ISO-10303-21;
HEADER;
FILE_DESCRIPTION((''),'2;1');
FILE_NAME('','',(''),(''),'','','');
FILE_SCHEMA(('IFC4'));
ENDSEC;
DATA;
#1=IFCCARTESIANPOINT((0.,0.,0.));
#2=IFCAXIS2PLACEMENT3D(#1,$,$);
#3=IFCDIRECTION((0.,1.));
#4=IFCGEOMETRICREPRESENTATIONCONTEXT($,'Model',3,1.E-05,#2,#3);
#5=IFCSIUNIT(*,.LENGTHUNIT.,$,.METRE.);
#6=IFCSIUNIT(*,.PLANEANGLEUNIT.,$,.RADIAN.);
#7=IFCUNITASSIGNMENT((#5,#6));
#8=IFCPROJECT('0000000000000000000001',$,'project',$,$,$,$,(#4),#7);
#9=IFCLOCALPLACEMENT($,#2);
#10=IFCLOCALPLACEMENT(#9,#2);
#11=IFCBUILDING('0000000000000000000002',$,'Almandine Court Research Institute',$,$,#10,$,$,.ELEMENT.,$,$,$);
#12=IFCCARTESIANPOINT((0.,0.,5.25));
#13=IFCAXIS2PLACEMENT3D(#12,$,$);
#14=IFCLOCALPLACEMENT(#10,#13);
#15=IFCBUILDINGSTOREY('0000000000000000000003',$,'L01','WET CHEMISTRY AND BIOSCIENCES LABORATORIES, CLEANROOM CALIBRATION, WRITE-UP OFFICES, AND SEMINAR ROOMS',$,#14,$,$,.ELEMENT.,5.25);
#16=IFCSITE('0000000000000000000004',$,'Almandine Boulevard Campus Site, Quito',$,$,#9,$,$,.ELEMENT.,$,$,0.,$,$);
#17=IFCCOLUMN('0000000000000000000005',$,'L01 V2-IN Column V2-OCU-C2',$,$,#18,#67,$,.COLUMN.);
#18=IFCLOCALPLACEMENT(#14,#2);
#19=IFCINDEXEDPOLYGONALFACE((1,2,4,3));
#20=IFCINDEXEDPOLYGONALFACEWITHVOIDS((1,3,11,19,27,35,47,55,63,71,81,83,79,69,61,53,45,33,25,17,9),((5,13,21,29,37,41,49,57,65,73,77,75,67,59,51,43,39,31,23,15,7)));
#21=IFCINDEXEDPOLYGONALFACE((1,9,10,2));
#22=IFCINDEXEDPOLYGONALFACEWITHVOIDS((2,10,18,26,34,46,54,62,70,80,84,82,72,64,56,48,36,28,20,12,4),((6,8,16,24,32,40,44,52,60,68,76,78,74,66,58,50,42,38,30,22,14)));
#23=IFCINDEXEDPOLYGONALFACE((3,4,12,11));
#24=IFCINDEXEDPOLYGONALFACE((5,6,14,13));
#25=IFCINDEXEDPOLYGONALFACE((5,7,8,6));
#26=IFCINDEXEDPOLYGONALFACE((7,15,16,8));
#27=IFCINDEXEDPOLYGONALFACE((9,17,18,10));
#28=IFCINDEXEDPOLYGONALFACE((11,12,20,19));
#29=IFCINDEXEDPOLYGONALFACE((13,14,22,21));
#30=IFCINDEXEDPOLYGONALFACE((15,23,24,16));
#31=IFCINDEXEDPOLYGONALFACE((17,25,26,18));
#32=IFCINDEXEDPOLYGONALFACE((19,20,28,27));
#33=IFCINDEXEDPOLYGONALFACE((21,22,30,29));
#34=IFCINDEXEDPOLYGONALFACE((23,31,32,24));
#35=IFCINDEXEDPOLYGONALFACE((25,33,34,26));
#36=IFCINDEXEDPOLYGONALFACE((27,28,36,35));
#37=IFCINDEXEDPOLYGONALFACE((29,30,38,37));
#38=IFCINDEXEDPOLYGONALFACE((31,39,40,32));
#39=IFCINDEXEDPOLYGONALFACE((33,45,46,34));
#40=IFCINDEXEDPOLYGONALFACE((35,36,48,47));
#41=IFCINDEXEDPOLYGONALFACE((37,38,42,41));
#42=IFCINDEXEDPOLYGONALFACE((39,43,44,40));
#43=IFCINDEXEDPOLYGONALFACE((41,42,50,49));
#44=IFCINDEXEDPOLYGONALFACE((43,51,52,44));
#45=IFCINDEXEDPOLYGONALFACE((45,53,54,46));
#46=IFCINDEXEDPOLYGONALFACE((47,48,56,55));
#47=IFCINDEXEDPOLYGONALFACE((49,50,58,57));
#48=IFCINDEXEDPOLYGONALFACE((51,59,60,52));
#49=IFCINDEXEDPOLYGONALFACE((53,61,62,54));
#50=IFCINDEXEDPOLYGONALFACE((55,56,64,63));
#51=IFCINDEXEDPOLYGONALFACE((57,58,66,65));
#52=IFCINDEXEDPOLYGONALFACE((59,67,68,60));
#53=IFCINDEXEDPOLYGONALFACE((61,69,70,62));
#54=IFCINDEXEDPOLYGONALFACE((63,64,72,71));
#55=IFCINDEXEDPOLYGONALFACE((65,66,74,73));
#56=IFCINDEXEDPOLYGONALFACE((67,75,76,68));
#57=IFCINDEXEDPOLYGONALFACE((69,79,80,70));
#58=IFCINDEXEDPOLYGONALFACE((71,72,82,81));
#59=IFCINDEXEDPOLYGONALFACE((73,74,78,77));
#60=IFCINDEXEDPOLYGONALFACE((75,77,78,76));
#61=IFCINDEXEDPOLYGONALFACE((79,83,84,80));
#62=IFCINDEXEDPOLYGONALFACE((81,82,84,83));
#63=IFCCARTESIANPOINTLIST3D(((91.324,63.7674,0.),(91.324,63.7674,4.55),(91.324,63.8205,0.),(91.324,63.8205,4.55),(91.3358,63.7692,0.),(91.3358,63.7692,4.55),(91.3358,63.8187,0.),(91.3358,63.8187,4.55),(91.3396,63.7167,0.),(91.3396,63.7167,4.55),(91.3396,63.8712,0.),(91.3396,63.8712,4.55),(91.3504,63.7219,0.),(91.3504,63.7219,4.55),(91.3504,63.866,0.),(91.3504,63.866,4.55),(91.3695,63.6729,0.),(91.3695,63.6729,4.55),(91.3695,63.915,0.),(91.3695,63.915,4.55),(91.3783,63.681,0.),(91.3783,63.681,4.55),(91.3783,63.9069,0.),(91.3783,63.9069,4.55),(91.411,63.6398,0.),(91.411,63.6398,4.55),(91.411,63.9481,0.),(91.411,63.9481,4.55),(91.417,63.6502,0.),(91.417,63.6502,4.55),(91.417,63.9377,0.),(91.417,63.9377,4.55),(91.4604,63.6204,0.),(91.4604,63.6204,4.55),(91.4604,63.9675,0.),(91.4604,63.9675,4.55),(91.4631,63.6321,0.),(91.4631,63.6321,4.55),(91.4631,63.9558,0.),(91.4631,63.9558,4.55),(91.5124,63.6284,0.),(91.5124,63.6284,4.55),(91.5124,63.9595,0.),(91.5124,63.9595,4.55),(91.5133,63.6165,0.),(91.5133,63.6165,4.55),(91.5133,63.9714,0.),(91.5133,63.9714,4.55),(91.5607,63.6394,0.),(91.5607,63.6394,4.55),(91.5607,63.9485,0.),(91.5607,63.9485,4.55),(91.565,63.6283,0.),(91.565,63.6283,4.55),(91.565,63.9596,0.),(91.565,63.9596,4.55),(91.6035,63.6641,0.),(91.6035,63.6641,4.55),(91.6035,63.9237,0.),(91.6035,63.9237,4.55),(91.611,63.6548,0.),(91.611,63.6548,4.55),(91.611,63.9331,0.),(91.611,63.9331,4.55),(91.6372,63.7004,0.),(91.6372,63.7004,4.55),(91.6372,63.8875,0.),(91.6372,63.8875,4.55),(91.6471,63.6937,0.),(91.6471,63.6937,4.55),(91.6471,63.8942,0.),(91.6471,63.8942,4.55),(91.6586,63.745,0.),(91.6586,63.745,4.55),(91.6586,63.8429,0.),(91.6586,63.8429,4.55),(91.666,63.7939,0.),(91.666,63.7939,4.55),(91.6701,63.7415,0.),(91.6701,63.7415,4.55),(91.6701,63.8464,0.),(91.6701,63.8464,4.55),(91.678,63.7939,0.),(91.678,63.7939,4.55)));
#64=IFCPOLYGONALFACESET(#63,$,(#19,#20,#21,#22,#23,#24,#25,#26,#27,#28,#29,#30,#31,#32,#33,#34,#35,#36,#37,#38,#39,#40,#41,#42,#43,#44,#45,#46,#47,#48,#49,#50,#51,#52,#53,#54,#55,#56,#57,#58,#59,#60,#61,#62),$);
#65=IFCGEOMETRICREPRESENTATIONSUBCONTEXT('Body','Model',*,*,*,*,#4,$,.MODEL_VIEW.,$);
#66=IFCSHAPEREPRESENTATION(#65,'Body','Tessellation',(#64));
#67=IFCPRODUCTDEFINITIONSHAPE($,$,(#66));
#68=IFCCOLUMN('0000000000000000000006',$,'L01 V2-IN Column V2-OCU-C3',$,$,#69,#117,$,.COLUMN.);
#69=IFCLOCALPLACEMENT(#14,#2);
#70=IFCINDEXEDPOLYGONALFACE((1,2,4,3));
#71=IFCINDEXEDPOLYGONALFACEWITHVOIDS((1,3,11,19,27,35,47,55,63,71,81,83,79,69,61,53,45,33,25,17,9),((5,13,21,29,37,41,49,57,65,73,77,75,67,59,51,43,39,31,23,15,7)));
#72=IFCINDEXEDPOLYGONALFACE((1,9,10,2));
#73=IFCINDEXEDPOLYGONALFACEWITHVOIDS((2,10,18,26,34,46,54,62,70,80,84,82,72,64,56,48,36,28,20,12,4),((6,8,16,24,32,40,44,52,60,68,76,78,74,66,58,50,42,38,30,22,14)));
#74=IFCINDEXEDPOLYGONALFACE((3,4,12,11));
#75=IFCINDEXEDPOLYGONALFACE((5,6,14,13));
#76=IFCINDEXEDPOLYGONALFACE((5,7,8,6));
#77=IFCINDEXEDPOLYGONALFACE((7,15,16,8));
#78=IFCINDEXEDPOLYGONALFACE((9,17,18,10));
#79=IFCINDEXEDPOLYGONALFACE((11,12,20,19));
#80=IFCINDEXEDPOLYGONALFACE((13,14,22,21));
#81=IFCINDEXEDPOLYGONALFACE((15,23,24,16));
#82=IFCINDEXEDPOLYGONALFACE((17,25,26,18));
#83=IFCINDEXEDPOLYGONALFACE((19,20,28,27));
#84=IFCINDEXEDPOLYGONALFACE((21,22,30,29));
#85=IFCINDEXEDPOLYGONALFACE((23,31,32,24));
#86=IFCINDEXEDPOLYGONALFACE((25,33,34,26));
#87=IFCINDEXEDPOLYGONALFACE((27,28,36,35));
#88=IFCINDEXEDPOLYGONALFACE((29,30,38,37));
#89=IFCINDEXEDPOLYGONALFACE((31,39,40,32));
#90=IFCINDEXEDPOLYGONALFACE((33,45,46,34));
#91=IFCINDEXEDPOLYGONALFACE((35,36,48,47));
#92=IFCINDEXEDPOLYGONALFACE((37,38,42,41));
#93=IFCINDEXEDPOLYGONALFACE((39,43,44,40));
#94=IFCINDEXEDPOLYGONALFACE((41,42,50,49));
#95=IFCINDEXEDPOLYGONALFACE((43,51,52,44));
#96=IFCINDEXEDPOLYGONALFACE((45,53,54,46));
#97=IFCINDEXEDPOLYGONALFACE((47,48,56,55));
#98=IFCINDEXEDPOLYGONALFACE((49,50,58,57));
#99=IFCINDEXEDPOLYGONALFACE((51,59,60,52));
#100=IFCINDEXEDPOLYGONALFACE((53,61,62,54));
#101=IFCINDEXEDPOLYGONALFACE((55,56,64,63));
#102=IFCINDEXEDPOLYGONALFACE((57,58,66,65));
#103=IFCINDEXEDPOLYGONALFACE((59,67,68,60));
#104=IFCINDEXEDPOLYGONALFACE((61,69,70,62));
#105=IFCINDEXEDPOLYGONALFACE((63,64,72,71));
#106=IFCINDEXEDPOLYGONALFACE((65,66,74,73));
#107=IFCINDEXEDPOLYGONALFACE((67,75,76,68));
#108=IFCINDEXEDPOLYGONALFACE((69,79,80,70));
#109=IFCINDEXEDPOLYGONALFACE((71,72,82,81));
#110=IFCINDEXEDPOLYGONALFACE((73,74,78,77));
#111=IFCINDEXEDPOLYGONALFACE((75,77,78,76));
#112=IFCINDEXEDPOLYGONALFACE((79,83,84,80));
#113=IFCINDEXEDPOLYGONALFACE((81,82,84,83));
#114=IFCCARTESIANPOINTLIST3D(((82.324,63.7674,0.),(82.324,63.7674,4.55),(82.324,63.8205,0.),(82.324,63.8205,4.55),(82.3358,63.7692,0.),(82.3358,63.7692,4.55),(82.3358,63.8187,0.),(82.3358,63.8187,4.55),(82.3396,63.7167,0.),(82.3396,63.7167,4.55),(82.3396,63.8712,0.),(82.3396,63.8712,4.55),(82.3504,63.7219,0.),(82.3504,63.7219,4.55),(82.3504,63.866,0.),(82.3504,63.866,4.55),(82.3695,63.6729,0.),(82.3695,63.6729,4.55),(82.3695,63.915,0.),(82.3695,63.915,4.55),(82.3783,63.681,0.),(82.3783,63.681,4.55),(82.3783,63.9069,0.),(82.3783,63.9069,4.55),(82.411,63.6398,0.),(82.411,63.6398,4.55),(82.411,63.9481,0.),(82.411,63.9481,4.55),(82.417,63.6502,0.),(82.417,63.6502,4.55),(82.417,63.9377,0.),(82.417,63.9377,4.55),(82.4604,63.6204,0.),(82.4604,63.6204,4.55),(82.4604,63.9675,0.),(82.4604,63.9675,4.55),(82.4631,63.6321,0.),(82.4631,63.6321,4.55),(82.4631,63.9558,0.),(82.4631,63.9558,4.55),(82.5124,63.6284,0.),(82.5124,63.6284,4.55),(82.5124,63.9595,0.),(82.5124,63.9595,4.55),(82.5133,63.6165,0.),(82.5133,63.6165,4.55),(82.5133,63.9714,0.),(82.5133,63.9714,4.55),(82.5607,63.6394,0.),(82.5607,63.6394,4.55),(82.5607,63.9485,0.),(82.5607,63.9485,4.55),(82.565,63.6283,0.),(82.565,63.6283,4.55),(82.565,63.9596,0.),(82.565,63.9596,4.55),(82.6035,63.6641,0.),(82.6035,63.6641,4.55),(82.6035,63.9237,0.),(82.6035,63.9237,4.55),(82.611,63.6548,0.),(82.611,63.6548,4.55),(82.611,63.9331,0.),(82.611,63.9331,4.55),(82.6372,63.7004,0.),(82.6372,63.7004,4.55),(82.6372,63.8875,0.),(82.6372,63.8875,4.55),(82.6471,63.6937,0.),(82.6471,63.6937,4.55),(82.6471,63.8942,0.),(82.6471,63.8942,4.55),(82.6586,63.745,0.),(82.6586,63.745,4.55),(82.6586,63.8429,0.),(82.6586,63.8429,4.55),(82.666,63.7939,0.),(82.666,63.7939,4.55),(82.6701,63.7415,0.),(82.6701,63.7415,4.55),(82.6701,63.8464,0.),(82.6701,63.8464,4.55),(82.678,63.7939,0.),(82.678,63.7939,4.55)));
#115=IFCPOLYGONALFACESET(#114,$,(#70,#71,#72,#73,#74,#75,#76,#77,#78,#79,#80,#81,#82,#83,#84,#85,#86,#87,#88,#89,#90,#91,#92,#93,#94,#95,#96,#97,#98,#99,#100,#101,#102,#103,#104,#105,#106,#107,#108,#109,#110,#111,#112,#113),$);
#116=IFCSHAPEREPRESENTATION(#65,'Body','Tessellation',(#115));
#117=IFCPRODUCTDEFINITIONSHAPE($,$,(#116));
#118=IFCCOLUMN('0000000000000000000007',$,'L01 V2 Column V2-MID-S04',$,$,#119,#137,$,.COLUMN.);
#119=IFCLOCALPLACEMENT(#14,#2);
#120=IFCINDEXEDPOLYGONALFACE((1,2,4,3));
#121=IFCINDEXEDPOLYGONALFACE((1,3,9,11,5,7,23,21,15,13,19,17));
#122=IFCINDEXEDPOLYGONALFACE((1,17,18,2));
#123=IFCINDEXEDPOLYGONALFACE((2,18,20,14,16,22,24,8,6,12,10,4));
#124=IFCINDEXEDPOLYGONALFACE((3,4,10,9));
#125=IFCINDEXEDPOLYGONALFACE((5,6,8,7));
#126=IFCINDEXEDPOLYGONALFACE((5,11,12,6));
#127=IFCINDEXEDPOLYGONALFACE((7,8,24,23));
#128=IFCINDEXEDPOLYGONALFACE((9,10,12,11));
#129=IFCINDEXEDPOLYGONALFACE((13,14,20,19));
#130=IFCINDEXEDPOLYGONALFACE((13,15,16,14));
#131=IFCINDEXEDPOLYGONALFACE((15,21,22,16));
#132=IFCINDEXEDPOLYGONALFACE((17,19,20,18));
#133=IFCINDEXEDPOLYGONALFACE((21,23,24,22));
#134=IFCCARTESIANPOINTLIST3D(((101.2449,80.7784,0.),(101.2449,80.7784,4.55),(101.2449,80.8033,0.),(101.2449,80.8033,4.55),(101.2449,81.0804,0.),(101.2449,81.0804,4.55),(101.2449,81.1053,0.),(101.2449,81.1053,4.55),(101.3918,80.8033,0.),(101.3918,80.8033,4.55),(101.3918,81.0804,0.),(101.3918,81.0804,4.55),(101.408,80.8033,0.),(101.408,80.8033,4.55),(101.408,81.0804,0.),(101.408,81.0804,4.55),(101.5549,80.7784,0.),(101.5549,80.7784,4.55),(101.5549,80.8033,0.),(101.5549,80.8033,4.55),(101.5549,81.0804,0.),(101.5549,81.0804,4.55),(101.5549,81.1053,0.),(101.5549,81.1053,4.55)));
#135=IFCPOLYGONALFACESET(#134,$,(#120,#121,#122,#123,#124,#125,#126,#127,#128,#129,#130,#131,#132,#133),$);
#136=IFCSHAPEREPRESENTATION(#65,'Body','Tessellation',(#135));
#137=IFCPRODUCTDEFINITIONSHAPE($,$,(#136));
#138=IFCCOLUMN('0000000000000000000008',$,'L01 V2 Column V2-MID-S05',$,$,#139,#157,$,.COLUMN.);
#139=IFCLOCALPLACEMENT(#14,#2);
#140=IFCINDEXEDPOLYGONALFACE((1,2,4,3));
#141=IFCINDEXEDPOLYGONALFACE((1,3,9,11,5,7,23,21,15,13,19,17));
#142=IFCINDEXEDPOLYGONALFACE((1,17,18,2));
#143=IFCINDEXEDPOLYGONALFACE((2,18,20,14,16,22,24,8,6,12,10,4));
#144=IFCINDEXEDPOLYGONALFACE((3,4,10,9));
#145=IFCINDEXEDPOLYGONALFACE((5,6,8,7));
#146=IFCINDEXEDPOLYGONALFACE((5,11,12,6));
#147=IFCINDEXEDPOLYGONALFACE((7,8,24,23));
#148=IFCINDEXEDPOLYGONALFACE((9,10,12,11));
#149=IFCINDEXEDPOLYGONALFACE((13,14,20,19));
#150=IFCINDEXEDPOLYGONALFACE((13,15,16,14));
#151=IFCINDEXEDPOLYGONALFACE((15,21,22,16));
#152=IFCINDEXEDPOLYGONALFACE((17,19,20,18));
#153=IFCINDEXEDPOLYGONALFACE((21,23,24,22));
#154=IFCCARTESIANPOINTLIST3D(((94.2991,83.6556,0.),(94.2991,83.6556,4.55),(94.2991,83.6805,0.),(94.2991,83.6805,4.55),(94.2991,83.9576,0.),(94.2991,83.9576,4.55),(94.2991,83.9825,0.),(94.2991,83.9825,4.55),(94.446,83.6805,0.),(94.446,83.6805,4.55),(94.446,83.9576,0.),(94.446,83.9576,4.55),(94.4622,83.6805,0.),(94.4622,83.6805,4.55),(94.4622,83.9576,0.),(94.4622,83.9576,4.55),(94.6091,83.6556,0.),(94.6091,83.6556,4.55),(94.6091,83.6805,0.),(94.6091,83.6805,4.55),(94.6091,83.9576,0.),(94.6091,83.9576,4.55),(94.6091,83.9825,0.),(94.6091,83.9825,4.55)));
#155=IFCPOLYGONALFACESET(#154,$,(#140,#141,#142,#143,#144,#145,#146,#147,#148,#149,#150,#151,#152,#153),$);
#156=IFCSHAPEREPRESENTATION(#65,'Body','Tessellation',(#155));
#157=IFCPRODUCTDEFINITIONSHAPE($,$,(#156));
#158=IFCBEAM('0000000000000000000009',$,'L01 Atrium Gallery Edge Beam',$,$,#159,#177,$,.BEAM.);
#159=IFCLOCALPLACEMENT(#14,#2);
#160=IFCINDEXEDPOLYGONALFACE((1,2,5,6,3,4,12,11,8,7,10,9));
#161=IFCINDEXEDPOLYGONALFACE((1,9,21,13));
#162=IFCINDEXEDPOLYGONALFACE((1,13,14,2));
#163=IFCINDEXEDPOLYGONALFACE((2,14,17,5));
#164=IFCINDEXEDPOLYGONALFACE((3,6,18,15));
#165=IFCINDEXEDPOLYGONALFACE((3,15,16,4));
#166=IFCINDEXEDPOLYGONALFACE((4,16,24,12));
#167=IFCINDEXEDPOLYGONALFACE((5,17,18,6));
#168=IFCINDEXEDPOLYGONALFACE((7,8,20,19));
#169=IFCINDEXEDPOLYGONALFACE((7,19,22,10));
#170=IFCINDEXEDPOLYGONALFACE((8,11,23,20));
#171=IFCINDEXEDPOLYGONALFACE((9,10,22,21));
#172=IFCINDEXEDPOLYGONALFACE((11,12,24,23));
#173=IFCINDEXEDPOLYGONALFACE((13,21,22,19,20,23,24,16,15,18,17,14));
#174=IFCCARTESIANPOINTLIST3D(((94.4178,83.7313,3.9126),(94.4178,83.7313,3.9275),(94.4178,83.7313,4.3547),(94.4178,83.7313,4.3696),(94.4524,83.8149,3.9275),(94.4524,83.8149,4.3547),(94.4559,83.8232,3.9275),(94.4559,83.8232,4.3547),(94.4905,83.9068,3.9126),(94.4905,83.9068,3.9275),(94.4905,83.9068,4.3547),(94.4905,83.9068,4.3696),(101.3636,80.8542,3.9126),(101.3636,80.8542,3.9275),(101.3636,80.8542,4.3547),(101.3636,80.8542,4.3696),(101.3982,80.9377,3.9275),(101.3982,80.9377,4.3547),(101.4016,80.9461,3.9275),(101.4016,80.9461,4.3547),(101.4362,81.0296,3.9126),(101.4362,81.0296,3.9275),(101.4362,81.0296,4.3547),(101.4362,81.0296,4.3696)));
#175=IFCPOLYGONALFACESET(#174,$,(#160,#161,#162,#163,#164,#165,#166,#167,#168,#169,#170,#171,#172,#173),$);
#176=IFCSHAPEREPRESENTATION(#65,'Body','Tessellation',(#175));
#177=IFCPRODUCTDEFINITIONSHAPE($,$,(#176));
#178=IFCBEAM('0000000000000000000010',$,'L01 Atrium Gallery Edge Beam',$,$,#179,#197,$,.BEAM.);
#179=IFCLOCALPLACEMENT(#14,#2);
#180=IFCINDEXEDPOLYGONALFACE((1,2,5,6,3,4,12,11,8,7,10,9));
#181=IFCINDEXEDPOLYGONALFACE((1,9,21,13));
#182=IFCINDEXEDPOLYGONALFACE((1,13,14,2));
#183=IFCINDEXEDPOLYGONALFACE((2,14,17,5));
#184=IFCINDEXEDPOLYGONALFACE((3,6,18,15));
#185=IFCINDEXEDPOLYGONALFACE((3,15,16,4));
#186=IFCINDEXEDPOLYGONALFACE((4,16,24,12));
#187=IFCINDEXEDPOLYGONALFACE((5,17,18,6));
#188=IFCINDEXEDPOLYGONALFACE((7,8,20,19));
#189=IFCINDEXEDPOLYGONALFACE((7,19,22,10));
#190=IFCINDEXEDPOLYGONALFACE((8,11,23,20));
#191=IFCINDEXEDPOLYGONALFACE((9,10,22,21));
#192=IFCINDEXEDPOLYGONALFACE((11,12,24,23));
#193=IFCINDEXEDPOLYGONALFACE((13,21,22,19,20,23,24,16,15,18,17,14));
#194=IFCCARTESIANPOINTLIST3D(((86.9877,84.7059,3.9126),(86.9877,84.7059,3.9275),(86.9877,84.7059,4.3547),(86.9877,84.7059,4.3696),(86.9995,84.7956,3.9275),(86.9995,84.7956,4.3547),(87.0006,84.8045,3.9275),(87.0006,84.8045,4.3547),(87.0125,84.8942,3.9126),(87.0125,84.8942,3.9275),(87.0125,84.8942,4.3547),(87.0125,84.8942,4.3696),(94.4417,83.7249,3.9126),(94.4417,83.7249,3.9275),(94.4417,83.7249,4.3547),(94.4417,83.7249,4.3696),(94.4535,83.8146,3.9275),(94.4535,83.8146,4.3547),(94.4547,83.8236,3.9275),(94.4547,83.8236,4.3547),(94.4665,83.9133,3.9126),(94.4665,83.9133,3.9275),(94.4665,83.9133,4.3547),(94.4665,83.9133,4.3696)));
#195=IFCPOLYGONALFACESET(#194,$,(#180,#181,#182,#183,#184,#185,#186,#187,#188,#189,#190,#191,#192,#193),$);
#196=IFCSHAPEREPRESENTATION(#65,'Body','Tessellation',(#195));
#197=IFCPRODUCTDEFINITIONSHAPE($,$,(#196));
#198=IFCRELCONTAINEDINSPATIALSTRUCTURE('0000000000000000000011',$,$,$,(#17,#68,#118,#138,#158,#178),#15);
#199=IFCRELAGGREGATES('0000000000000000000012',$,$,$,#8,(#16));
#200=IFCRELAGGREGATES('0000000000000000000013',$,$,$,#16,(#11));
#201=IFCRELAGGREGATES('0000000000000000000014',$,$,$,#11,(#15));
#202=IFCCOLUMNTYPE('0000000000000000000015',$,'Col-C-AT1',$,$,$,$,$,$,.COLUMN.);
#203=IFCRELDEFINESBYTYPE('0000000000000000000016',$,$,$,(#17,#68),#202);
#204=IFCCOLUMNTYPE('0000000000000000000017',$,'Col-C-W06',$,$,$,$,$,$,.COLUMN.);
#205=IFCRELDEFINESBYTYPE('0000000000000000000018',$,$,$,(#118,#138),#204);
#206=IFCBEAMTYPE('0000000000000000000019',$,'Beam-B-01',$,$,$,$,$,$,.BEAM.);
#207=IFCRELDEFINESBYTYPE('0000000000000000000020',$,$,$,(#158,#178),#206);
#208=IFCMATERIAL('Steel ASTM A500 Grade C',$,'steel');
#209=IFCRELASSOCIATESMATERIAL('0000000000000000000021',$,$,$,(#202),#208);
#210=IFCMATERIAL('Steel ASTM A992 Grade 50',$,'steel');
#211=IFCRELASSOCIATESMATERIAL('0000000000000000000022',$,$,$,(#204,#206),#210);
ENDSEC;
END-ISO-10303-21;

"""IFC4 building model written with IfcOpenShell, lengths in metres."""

from ifc_helpers import new_model, si_unit, direction, frame, origin, origin_2d, place, context, subcontext, project, spatial, hollow_circle, i_section, extrude, material, material_profile, profile_set, type_object, element, save


model = new_model("IFC4")

# Units and contexts
model_context = context("Model", 3, precision=1e-05, world=origin(), true_north=direction((0.0, 1.0)))
body_context = subcontext(model_context, "Body", "Model", "MODEL_VIEW")
ifc_project = project(units=[si_unit("LENGTHUNIT", "METRE"), si_unit("PLANEANGLEUNIT", "RADIAN")], contexts=[model_context])

# Site, building, storey
site_placement = place(None, origin())
site = spatial("IfcSite", under=ifc_project, at=site_placement, Name="Almandine Boulevard Campus Site, Quito", CompositionType="ELEMENT", RefElevation=0.0)
building_placement = place(site_placement, origin())
building = spatial("IfcBuilding", under=site, at=building_placement, Name="Almandine Court Research Institute", CompositionType="ELEMENT")
storey_placement = place(building_placement, frame((0.0, 0.0, 5.25)))
storey = spatial("IfcBuildingStorey", under=building, at=storey_placement, Name="L01", Description="WET CHEMISTRY AND BIOSCIENCES LABORATORIES, CLEANROOM CALIBRATION, WRITE-UP OFFICES, AND SEMINAR ROOMS", CompositionType="ELEMENT", Elevation=5.25)

# Columns
ifc_material_1 = material(Name="Steel ASTM A500 Grade C", Category="steel")
ifc_material_profile_1 = material_profile(ifc_material_1, hollow_circle(Radius=0.178, WallThickness=0.012, at=origin_2d()), Name="CHS 356x12")
ifc_profile_set_1 = profile_set([ifc_material_profile_1], Name="Steel ASTM A500 Grade C")
column_type_1 = type_object("IfcColumnType", Name="Col-C-AT1", PredefinedType="COLUMN", material=ifc_profile_set_1)
for number, where, z_axis, x_axis, name in (
    (1, (91.5, 63.7939, 0.0), (0.0, 0.0, 1.0), (1.0, 0.0, 0.0), "L01 V2-IN Column V2-OCU-C2"),
    (2, (82.5, 63.7939, 0.0), (0.0, 0.0, 1.0), (1.0, 0.0, 0.0), "L01 V2-IN Column V2-OCU-C3"),
):
    element("IfcColumn", number, at=place(storey_placement, frame(where, z_axis=z_axis, x_axis=x_axis)), inside=storey, type_object=column_type_1, Name=name, PredefinedType="COLUMN", context=body_context, shape_type="SweptSolid", body=[
        extrude(hollow_circle(Radius=0.178, WallThickness=0.012, at=origin_2d()), origin(), (0.0, 0.0, 1.0), 4.55),
    ])
ifc_material_2 = material(Name="Steel ASTM A992 Grade 50", Category="steel")
ifc_material_profile_2 = material_profile(ifc_material_2, i_section(OverallWidth=0.3101, OverallDepth=0.3269, WebThickness=0.0161, FlangeThickness=0.0249, at=origin_2d()), Name="W310x158")
ifc_profile_set_2 = profile_set([ifc_material_profile_2], Name="Steel ASTM A992 Grade 50")
column_type_2 = type_object("IfcColumnType", Name="Col-C-W06", PredefinedType="COLUMN", material=ifc_profile_set_2)
for number, where, z_axis, x_axis, name in (
    (3, (101.3999, 80.9419, 0.0), (0.0, 0.0, 1.0), (1.0, 0.0, 0.0), "L01 V2 Column V2-MID-S04"),
    (4, (94.4541, 83.8191, 0.0), (0.0, 0.0, 1.0), (1.0, 0.0, 0.0), "L01 V2 Column V2-MID-S05"),
):
    element("IfcColumn", number, at=place(storey_placement, frame(where, z_axis=z_axis, x_axis=x_axis)), inside=storey, type_object=column_type_2, Name=name, PredefinedType="COLUMN", context=body_context, shape_type="SweptSolid", body=[
        extrude(i_section(OverallWidth=0.3101, OverallDepth=0.3269, WebThickness=0.0161, FlangeThickness=0.0249, at=origin_2d()), origin(), (0.0, 0.0, 1.0), 4.55),
    ])

# Beams
ifc_material_profile_3 = material_profile(ifc_material_2, i_section(OverallWidth=0.1899, OverallDepth=0.457, WebThickness=0.009, FlangeThickness=0.0149, at=origin_2d()), Name="W460x74")
ifc_profile_set_3 = profile_set([ifc_material_profile_3], Name="Steel ASTM A992 Grade 50")
beam_type = type_object("IfcBeamType", Name="Beam-B-01", PredefinedType="BEAM", material=ifc_profile_set_3)
beam_1_placement = place(storey_placement, frame((101.3999, 80.9419, 4.1411), z_axis=(-0.923872, 0.382701, 0.0), x_axis=(-0.382701, -0.923872, 0.0)))
element("IfcBeam", 5, at=beam_1_placement, inside=storey, type_object=beam_type, Name="L01 Atrium Gallery Edge Beam", PredefinedType="BEAM", context=body_context, shape_type="SweptSolid", body=[
    extrude(i_section(OverallWidth=0.1899, OverallDepth=0.457, WebThickness=0.009, FlangeThickness=0.0149, at=origin_2d()), origin(), (0.0, 0.0, 1.0), 7.5181),
])
beam_2_placement = place(storey_placement, frame((94.4541, 83.8191, 4.1411), z_axis=(-0.991452, 0.130475, 0.0), x_axis=(-0.130475, -0.991452, 0.0)))
element("IfcBeam", 6, at=beam_2_placement, inside=storey, type_object=beam_type, Name="L01 Atrium Gallery Edge Beam", PredefinedType="BEAM", context=body_context, shape_type="SweptSolid", body=[
    extrude(i_section(OverallWidth=0.1899, OverallDepth=0.457, WebThickness=0.009, FlangeThickness=0.0149, at=origin_2d()), origin(), (0.0, 0.0, 1.0), 7.5183),
])

save(model, "model.ifc")
